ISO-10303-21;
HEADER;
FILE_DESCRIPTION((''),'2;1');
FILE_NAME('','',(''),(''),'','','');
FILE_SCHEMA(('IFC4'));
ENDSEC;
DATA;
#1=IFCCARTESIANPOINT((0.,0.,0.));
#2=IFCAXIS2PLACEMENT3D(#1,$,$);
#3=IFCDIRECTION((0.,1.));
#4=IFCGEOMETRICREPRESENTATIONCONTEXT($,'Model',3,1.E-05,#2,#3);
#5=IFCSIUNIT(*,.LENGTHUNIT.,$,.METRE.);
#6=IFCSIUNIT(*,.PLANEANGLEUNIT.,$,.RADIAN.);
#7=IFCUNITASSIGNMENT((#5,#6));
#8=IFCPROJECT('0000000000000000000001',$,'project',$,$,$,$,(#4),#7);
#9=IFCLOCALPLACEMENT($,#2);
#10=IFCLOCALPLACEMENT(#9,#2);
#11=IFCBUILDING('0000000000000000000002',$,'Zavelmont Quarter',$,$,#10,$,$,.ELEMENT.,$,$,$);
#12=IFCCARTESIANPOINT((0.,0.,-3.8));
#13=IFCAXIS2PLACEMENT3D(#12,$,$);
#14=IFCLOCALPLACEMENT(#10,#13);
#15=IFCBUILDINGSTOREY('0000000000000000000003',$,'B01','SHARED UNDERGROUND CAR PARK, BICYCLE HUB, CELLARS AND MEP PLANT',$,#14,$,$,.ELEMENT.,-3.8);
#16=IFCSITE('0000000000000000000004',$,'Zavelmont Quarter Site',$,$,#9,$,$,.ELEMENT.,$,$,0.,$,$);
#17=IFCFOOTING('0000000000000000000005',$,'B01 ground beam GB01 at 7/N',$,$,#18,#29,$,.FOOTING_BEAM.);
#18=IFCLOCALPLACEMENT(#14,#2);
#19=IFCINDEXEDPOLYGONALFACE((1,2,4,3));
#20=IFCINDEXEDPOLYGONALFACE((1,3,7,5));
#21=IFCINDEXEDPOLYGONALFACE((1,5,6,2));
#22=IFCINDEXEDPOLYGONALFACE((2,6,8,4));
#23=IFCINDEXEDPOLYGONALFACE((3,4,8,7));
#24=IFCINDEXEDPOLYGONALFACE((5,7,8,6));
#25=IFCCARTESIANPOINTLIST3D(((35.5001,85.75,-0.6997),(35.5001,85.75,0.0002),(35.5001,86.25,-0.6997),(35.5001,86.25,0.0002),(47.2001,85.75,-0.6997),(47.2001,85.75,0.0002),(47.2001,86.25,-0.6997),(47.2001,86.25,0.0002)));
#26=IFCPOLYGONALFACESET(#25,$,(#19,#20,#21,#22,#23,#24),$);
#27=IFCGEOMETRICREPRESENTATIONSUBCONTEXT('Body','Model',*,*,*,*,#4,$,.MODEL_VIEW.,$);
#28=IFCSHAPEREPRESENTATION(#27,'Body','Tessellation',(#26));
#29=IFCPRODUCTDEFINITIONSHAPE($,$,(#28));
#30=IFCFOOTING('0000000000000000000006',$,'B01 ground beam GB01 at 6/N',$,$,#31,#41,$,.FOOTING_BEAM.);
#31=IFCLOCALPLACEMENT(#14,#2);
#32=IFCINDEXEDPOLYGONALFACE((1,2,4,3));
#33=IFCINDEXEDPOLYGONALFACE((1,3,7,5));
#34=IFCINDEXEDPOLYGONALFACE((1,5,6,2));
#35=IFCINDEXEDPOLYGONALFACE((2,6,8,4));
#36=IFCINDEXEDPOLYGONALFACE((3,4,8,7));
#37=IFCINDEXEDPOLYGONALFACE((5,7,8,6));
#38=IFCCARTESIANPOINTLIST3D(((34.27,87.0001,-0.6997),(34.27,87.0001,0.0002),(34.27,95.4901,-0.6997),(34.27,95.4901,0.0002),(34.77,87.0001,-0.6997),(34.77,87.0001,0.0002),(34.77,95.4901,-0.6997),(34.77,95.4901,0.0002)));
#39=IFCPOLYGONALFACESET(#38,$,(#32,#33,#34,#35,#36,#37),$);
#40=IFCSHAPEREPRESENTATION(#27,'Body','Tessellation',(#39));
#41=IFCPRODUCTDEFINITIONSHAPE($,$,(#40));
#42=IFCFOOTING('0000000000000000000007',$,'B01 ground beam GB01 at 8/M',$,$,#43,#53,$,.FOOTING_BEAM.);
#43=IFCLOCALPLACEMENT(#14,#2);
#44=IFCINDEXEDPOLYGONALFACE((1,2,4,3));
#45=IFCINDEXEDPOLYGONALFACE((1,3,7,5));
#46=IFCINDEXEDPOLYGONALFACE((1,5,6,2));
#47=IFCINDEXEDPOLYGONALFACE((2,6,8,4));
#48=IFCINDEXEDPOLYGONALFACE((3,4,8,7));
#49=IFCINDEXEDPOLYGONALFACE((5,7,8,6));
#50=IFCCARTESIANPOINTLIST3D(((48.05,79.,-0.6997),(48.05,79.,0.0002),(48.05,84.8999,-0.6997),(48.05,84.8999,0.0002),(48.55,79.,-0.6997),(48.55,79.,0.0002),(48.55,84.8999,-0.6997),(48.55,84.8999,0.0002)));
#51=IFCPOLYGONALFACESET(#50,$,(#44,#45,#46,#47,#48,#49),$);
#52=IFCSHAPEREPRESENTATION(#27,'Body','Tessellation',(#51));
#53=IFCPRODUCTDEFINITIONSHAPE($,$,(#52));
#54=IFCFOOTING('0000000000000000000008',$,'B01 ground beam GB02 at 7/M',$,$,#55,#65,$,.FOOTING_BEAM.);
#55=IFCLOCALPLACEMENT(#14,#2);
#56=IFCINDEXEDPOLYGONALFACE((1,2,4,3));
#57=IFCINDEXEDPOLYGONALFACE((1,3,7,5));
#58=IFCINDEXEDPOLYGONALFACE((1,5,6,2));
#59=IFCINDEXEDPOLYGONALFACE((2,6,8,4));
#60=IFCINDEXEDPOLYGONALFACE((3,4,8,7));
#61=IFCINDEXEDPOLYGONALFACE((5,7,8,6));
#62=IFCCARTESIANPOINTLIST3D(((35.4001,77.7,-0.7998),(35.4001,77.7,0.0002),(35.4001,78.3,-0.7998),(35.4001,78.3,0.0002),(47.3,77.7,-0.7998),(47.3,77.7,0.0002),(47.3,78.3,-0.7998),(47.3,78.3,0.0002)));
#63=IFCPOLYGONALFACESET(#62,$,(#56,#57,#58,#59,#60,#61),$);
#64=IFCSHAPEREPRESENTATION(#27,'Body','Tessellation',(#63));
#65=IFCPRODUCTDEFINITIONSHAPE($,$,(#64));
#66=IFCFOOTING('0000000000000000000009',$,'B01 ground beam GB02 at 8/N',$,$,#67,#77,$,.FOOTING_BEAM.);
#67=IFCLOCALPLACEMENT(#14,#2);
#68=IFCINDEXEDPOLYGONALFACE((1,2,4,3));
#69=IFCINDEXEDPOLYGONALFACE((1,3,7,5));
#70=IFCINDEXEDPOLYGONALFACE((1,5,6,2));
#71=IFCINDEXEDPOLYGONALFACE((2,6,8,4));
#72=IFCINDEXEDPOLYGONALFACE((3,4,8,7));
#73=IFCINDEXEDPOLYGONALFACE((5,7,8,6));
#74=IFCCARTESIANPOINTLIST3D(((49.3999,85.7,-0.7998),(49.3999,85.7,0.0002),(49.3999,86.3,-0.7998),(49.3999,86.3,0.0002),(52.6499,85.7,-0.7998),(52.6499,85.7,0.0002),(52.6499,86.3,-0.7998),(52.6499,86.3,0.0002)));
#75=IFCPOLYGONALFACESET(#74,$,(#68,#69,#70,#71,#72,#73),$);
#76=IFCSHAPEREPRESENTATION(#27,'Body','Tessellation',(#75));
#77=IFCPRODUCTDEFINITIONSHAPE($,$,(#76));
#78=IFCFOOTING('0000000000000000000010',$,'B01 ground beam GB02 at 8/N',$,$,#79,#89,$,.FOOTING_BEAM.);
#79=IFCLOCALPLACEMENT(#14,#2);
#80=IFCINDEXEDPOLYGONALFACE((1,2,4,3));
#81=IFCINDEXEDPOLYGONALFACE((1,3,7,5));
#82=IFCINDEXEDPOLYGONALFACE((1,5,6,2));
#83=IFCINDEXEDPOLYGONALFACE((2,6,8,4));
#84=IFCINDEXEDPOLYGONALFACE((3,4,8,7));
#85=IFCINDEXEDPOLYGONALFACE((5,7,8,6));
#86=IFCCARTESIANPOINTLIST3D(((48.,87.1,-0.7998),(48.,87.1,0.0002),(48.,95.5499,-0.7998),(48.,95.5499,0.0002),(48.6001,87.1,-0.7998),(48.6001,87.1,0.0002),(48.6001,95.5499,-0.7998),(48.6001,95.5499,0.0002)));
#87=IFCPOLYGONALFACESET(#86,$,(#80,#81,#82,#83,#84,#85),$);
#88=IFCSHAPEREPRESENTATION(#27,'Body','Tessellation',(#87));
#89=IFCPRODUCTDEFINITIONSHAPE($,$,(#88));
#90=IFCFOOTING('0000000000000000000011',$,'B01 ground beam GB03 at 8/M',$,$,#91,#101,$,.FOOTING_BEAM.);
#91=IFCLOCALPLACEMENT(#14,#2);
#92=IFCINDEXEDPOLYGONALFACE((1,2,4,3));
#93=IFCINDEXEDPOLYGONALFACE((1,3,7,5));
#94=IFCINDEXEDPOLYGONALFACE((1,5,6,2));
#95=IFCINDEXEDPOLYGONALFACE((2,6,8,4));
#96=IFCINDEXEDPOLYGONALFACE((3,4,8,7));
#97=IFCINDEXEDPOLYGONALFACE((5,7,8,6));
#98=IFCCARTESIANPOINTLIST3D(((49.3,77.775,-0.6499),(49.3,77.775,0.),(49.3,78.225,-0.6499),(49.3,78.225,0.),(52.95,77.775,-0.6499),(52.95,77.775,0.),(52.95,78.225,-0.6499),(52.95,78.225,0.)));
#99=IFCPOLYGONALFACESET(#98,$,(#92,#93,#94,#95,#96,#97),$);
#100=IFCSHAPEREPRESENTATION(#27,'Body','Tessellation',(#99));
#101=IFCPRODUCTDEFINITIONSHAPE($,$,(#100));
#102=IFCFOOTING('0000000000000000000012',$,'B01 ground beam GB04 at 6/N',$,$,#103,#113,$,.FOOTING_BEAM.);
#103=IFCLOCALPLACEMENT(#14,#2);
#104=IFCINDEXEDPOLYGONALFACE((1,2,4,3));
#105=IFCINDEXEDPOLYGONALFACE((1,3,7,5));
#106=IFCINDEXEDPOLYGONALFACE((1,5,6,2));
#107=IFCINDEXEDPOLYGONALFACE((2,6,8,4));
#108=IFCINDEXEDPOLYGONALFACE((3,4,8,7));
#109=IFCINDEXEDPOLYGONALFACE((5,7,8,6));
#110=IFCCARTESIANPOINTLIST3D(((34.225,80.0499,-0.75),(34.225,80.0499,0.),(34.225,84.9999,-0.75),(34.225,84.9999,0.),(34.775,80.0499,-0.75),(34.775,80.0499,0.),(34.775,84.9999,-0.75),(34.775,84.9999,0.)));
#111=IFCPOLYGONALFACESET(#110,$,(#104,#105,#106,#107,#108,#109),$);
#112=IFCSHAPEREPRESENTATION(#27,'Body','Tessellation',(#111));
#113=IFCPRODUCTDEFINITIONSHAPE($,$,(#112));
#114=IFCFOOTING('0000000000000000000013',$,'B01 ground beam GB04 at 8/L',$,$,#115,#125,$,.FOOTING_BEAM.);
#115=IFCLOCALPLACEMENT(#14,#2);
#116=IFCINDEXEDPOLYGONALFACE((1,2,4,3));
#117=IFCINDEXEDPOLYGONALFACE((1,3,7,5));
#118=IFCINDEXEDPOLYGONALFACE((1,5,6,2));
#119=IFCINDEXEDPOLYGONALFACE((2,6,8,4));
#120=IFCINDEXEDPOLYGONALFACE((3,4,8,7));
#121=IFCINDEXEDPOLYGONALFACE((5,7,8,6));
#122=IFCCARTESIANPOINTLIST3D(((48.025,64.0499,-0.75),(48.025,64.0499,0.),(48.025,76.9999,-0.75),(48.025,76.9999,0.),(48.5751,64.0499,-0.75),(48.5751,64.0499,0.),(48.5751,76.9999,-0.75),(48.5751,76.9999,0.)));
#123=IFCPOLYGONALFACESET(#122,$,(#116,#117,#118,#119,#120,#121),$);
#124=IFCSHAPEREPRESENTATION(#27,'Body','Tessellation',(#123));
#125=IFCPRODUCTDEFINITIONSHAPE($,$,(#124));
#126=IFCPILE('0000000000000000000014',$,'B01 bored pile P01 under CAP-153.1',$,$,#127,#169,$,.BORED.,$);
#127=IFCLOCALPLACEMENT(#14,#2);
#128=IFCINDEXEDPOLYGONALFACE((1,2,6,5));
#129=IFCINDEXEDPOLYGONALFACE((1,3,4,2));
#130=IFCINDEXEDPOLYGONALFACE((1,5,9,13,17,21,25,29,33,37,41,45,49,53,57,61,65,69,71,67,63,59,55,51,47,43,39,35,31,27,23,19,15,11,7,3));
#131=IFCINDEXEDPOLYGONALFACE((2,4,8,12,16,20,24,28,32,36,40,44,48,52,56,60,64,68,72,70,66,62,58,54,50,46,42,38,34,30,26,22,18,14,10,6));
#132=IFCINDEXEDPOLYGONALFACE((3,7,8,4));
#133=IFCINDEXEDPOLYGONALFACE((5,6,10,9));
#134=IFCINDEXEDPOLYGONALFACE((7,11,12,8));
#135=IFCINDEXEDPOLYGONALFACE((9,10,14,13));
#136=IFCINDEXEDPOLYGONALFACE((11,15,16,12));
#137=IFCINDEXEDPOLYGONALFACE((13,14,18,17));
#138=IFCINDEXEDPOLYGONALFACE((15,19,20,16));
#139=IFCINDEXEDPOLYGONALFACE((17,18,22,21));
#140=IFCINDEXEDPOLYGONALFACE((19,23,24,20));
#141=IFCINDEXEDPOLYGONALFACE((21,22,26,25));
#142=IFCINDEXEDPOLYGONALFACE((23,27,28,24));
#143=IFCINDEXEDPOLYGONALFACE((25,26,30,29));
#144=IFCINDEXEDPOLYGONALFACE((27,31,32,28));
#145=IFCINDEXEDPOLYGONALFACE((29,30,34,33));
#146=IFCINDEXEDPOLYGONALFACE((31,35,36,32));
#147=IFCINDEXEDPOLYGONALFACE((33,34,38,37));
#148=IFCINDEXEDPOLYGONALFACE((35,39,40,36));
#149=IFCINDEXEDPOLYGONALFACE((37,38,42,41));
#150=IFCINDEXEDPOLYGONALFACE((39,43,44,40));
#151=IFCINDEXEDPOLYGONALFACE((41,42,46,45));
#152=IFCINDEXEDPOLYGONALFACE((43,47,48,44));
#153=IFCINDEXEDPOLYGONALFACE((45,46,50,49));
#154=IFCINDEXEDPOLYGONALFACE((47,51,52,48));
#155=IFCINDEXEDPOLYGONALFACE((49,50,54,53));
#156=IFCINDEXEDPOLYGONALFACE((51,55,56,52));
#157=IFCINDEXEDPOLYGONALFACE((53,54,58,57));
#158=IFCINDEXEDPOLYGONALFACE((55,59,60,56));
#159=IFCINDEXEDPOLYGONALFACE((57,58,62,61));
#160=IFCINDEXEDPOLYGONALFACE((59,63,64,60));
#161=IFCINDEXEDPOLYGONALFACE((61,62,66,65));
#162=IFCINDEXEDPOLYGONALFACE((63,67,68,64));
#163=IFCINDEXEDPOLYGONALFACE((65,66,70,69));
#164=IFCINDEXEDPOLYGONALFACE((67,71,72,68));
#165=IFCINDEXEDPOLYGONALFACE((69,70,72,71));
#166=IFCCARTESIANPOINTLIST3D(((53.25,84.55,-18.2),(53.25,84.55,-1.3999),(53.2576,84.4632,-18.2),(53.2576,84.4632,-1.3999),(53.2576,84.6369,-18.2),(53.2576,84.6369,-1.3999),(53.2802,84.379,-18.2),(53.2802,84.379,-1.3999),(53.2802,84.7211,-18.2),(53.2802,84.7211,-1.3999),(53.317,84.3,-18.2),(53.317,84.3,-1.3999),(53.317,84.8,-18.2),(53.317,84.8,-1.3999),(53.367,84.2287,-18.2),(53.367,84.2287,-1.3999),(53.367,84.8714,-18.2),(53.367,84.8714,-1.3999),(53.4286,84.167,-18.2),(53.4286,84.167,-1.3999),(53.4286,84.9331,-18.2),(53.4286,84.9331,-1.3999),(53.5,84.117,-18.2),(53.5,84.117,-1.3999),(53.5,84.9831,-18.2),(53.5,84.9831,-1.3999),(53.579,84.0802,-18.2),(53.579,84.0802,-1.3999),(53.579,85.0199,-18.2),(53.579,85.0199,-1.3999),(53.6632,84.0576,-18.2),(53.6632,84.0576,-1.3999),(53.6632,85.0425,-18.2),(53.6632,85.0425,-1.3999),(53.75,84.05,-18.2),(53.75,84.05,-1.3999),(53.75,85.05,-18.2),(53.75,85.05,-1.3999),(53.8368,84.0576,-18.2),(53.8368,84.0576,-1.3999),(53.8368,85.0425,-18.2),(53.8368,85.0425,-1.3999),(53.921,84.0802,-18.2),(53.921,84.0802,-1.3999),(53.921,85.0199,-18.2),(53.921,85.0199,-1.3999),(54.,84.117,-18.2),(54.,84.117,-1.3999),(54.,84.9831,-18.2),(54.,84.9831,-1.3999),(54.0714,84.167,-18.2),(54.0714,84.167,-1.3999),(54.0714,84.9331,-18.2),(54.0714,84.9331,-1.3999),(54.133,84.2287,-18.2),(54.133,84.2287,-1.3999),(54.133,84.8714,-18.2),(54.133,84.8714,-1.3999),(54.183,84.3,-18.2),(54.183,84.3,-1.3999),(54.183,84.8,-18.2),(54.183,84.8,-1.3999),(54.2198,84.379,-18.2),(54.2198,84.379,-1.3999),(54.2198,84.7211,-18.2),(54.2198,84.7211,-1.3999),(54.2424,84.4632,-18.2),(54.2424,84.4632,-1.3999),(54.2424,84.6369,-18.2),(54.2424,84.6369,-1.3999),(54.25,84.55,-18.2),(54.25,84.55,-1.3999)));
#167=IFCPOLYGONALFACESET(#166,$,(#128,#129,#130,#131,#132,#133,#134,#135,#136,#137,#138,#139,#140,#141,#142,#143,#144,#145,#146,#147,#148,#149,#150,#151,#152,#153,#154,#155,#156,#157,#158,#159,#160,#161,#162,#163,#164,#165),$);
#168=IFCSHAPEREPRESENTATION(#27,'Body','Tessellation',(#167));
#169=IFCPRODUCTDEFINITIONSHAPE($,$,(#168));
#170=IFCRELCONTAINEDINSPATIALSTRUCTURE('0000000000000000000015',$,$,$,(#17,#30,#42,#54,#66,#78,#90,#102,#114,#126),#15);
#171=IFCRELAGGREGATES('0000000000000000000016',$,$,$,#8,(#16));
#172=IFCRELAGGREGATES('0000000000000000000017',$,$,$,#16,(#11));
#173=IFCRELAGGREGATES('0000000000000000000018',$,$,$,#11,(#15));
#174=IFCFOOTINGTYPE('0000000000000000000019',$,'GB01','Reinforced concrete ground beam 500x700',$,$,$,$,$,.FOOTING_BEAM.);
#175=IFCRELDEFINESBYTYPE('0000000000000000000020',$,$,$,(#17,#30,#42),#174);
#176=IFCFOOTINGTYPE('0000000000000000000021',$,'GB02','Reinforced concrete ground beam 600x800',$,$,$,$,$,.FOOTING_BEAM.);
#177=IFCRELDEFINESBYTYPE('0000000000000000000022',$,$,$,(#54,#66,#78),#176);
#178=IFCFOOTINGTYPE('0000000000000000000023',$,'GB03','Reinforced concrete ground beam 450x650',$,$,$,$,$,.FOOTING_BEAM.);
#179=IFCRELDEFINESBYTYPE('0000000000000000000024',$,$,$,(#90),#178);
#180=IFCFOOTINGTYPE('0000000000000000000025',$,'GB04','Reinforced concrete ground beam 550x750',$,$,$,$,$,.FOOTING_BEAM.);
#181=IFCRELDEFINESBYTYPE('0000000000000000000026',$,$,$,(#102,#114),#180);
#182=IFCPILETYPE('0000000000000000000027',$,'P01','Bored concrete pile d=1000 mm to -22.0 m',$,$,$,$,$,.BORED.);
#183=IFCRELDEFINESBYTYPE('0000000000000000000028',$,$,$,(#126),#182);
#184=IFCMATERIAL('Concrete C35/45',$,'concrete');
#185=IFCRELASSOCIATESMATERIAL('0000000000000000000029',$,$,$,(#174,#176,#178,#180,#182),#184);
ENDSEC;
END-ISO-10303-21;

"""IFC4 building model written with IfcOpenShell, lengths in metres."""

from ifc_helpers import new_model, si_unit, direction, frame, origin, origin_2d, place, context, subcontext, project, spatial, rectangle, circle, extrude, material, material_profile, profile_set, type_object, element, save


model = new_model("IFC4")

# Units and contexts
model_context = context("Model", 3, precision=1e-05, world=origin(), true_north=direction((0.0, 1.0)))
body_context = subcontext(model_context, "Body", "Model", "MODEL_VIEW")
ifc_project = project(units=[si_unit("LENGTHUNIT", "METRE"), si_unit("PLANEANGLEUNIT", "RADIAN")], contexts=[model_context])

# Site, building, storey
site_placement = place(None, origin())
site = spatial("IfcSite", under=ifc_project, at=site_placement, Name="Zavelmont Quarter Site", CompositionType="ELEMENT", RefElevation=0.0)
building_placement = place(site_placement, origin())
building = spatial("IfcBuilding", under=site, at=building_placement, Name="Zavelmont Quarter", CompositionType="ELEMENT")
storey_placement = place(building_placement, frame((0.0, 0.0, -3.8)))
storey = spatial("IfcBuildingStorey", under=building, at=storey_placement, Name="B01", Description="SHARED UNDERGROUND CAR PARK, BICYCLE HUB, CELLARS AND MEP PLANT", CompositionType="ELEMENT", Elevation=-3.8)

# Footings
ifc_material = material(Name="Concrete C35/45", Category="concrete")
footing_type_1 = type_object("IfcFootingType", Name="GB01", Description="Reinforced concrete ground beam 500x700", PredefinedType="FOOTING_BEAM", material=ifc_material)
footing_1_placement = place(storey_placement, frame((41.3501, 86.0, -0.6997), z_axis=(0.0, 0.0, 1.0), x_axis=(1.0, 0.0, 0.0)))
element("IfcFooting", 1, at=footing_1_placement, inside=storey, type_object=footing_type_1, Name="B01 ground beam GB01 at 7/N", PredefinedType="FOOTING_BEAM", context=body_context, shape_type="SweptSolid", body=[
    extrude(rectangle(XDim=11.7, YDim=0.5, at=origin_2d()), origin(), (0.0, 0.0, 1.0), 0.7),
])
footing_2_placement = place(storey_placement, frame((34.52, 91.2451, -0.6997), z_axis=(0.0, 0.0, 1.0), x_axis=(0.0, 1.0, 0.0)))
element("IfcFooting", 2, at=footing_2_placement, inside=storey, type_object=footing_type_1, Name="B01 ground beam GB01 at 6/N", PredefinedType="FOOTING_BEAM", context=body_context, shape_type="SweptSolid", body=[
    extrude(rectangle(XDim=8.49, YDim=0.5, at=origin_2d()), origin(), (0.0, 0.0, 1.0), 0.7),
])
footing_3_placement = place(storey_placement, frame((48.3, 81.95, -0.6997), z_axis=(0.0, 0.0, 1.0), x_axis=(0.0, 1.0, 0.0)))
element("IfcFooting", 3, at=footing_3_placement, inside=storey, type_object=footing_type_1, Name="B01 ground beam GB01 at 8/M", PredefinedType="FOOTING_BEAM", context=body_context, shape_type="SweptSolid", body=[
    extrude(rectangle(XDim=5.8999, YDim=0.5, at=origin_2d()), origin(), (0.0, 0.0, 1.0), 0.7),
])
footing_type_2 = type_object("IfcFootingType", Name="GB02", Description="Reinforced concrete ground beam 600x800", PredefinedType="FOOTING_BEAM", material=ifc_material)
footing_4_placement = place(storey_placement, frame((41.3501, 78.0, -0.7998), z_axis=(0.0, 0.0, 1.0), x_axis=(1.0, 0.0, 0.0)))
element("IfcFooting", 4, at=footing_4_placement, inside=storey, type_object=footing_type_2, Name="B01 ground beam GB02 at 7/M", PredefinedType="FOOTING_BEAM", context=body_context, shape_type="SweptSolid", body=[
    extrude(rectangle(XDim=11.8999, YDim=0.6001, at=origin_2d()), origin(), (0.0, 0.0, 1.0), 0.8),
])
footing_5_placement = place(storey_placement, frame((51.0249, 86.0, -0.7998), z_axis=(0.0, 0.0, 1.0), x_axis=(1.0, 0.0, 0.0)))
element("IfcFooting", 5, at=footing_5_placement, inside=storey, type_object=footing_type_2, Name="B01 ground beam GB02 at 8/N", PredefinedType="FOOTING_BEAM", context=body_context, shape_type="SweptSolid", body=[
    extrude(rectangle(XDim=3.25, YDim=0.6001, at=origin_2d()), origin(), (0.0, 0.0, 1.0), 0.8),
])
footing_6_placement = place(storey_placement, frame((48.3, 91.325, -0.7998), z_axis=(0.0, 0.0, 1.0), x_axis=(0.0, 1.0, 0.0)))
element("IfcFooting", 6, at=footing_6_placement, inside=storey, type_object=footing_type_2, Name="B01 ground beam GB02 at 8/N", PredefinedType="FOOTING_BEAM", context=body_context, shape_type="SweptSolid", body=[
    extrude(rectangle(XDim=8.45, YDim=0.6001, at=origin_2d()), origin(), (0.0, 0.0, 1.0), 0.8),
])
footing_type_3 = type_object("IfcFootingType", Name="GB03", Description="Reinforced concrete ground beam 450x650", PredefinedType="FOOTING_BEAM", material=ifc_material)
footing_7_placement = place(storey_placement, frame((51.125, 78.0, -0.6499), z_axis=(0.0, 0.0, 1.0), x_axis=(1.0, 0.0, 0.0)))
element("IfcFooting", 7, at=footing_7_placement, inside=storey, type_object=footing_type_3, Name="B01 ground beam GB03 at 8/M", PredefinedType="FOOTING_BEAM", context=body_context, shape_type="SweptSolid", body=[
    extrude(rectangle(XDim=3.6499, YDim=0.45, at=origin_2d()), origin(), (0.0, 0.0, 1.0), 0.6499),
])
footing_type_4 = type_object("IfcFootingType", Name="GB04", Description="Reinforced concrete ground beam 550x750", PredefinedType="FOOTING_BEAM", material=ifc_material)
footing_8_placement = place(storey_placement, frame((34.5, 82.5249, -0.75), z_axis=(0.0, 0.0, 1.0), x_axis=(0.0, 1.0, 0.0)))
element("IfcFooting", 8, at=footing_8_placement, inside=storey, type_object=footing_type_4, Name="B01 ground beam GB04 at 6/N", PredefinedType="FOOTING_BEAM", context=body_context, shape_type="SweptSolid", body=[
    extrude(rectangle(XDim=4.95, YDim=0.55, at=origin_2d()), origin(), (0.0, 0.0, 1.0), 0.75),
])
footing_9_placement = place(storey_placement, frame((48.3, 70.5249, -0.75), z_axis=(0.0, 0.0, 1.0), x_axis=(0.0, 1.0, 0.0)))
element("IfcFooting", 9, at=footing_9_placement, inside=storey, type_object=footing_type_4, Name="B01 ground beam GB04 at 8/L", PredefinedType="FOOTING_BEAM", context=body_context, shape_type="SweptSolid", body=[
    extrude(rectangle(XDim=12.95, YDim=0.55, at=origin_2d()), origin(), (0.0, 0.0, 1.0), 0.75),
])

# Pile
ifc_material_profile_1 = material_profile(ifc_material, circle(Radius=0.5, at=origin_2d()), Name="BP1000")
ifc_profile_set_1 = profile_set([ifc_material_profile_1], Name="Concrete C35/45")
pile_type_1 = type_object("IfcPileType", Name="P01", Description="Bored concrete pile d=1000 mm to -22.0 m", PredefinedType="BORED", material=ifc_profile_set_1)
for number, where, z_axis, x_axis, name in (
    (10, (53.75, 84.55, -1.3999), (0.0, 0.0, -1.0), (1.0, 0.0, 0.0), "B01 bored pile P01 under CAP-153.1"),
):
    element("IfcPile", number, at=place(storey_placement, frame(where, z_axis=z_axis, x_axis=x_axis)), inside=storey, type_object=pile_type_1, Name=name, PredefinedType="BORED", context=body_context, shape_type="SweptSolid", body=[
        extrude(circle(Radius=0.5, at=origin_2d()), origin(), (0.0, 0.0, 1.0), 16.8),
    ])

save(model, "model.ifc")
